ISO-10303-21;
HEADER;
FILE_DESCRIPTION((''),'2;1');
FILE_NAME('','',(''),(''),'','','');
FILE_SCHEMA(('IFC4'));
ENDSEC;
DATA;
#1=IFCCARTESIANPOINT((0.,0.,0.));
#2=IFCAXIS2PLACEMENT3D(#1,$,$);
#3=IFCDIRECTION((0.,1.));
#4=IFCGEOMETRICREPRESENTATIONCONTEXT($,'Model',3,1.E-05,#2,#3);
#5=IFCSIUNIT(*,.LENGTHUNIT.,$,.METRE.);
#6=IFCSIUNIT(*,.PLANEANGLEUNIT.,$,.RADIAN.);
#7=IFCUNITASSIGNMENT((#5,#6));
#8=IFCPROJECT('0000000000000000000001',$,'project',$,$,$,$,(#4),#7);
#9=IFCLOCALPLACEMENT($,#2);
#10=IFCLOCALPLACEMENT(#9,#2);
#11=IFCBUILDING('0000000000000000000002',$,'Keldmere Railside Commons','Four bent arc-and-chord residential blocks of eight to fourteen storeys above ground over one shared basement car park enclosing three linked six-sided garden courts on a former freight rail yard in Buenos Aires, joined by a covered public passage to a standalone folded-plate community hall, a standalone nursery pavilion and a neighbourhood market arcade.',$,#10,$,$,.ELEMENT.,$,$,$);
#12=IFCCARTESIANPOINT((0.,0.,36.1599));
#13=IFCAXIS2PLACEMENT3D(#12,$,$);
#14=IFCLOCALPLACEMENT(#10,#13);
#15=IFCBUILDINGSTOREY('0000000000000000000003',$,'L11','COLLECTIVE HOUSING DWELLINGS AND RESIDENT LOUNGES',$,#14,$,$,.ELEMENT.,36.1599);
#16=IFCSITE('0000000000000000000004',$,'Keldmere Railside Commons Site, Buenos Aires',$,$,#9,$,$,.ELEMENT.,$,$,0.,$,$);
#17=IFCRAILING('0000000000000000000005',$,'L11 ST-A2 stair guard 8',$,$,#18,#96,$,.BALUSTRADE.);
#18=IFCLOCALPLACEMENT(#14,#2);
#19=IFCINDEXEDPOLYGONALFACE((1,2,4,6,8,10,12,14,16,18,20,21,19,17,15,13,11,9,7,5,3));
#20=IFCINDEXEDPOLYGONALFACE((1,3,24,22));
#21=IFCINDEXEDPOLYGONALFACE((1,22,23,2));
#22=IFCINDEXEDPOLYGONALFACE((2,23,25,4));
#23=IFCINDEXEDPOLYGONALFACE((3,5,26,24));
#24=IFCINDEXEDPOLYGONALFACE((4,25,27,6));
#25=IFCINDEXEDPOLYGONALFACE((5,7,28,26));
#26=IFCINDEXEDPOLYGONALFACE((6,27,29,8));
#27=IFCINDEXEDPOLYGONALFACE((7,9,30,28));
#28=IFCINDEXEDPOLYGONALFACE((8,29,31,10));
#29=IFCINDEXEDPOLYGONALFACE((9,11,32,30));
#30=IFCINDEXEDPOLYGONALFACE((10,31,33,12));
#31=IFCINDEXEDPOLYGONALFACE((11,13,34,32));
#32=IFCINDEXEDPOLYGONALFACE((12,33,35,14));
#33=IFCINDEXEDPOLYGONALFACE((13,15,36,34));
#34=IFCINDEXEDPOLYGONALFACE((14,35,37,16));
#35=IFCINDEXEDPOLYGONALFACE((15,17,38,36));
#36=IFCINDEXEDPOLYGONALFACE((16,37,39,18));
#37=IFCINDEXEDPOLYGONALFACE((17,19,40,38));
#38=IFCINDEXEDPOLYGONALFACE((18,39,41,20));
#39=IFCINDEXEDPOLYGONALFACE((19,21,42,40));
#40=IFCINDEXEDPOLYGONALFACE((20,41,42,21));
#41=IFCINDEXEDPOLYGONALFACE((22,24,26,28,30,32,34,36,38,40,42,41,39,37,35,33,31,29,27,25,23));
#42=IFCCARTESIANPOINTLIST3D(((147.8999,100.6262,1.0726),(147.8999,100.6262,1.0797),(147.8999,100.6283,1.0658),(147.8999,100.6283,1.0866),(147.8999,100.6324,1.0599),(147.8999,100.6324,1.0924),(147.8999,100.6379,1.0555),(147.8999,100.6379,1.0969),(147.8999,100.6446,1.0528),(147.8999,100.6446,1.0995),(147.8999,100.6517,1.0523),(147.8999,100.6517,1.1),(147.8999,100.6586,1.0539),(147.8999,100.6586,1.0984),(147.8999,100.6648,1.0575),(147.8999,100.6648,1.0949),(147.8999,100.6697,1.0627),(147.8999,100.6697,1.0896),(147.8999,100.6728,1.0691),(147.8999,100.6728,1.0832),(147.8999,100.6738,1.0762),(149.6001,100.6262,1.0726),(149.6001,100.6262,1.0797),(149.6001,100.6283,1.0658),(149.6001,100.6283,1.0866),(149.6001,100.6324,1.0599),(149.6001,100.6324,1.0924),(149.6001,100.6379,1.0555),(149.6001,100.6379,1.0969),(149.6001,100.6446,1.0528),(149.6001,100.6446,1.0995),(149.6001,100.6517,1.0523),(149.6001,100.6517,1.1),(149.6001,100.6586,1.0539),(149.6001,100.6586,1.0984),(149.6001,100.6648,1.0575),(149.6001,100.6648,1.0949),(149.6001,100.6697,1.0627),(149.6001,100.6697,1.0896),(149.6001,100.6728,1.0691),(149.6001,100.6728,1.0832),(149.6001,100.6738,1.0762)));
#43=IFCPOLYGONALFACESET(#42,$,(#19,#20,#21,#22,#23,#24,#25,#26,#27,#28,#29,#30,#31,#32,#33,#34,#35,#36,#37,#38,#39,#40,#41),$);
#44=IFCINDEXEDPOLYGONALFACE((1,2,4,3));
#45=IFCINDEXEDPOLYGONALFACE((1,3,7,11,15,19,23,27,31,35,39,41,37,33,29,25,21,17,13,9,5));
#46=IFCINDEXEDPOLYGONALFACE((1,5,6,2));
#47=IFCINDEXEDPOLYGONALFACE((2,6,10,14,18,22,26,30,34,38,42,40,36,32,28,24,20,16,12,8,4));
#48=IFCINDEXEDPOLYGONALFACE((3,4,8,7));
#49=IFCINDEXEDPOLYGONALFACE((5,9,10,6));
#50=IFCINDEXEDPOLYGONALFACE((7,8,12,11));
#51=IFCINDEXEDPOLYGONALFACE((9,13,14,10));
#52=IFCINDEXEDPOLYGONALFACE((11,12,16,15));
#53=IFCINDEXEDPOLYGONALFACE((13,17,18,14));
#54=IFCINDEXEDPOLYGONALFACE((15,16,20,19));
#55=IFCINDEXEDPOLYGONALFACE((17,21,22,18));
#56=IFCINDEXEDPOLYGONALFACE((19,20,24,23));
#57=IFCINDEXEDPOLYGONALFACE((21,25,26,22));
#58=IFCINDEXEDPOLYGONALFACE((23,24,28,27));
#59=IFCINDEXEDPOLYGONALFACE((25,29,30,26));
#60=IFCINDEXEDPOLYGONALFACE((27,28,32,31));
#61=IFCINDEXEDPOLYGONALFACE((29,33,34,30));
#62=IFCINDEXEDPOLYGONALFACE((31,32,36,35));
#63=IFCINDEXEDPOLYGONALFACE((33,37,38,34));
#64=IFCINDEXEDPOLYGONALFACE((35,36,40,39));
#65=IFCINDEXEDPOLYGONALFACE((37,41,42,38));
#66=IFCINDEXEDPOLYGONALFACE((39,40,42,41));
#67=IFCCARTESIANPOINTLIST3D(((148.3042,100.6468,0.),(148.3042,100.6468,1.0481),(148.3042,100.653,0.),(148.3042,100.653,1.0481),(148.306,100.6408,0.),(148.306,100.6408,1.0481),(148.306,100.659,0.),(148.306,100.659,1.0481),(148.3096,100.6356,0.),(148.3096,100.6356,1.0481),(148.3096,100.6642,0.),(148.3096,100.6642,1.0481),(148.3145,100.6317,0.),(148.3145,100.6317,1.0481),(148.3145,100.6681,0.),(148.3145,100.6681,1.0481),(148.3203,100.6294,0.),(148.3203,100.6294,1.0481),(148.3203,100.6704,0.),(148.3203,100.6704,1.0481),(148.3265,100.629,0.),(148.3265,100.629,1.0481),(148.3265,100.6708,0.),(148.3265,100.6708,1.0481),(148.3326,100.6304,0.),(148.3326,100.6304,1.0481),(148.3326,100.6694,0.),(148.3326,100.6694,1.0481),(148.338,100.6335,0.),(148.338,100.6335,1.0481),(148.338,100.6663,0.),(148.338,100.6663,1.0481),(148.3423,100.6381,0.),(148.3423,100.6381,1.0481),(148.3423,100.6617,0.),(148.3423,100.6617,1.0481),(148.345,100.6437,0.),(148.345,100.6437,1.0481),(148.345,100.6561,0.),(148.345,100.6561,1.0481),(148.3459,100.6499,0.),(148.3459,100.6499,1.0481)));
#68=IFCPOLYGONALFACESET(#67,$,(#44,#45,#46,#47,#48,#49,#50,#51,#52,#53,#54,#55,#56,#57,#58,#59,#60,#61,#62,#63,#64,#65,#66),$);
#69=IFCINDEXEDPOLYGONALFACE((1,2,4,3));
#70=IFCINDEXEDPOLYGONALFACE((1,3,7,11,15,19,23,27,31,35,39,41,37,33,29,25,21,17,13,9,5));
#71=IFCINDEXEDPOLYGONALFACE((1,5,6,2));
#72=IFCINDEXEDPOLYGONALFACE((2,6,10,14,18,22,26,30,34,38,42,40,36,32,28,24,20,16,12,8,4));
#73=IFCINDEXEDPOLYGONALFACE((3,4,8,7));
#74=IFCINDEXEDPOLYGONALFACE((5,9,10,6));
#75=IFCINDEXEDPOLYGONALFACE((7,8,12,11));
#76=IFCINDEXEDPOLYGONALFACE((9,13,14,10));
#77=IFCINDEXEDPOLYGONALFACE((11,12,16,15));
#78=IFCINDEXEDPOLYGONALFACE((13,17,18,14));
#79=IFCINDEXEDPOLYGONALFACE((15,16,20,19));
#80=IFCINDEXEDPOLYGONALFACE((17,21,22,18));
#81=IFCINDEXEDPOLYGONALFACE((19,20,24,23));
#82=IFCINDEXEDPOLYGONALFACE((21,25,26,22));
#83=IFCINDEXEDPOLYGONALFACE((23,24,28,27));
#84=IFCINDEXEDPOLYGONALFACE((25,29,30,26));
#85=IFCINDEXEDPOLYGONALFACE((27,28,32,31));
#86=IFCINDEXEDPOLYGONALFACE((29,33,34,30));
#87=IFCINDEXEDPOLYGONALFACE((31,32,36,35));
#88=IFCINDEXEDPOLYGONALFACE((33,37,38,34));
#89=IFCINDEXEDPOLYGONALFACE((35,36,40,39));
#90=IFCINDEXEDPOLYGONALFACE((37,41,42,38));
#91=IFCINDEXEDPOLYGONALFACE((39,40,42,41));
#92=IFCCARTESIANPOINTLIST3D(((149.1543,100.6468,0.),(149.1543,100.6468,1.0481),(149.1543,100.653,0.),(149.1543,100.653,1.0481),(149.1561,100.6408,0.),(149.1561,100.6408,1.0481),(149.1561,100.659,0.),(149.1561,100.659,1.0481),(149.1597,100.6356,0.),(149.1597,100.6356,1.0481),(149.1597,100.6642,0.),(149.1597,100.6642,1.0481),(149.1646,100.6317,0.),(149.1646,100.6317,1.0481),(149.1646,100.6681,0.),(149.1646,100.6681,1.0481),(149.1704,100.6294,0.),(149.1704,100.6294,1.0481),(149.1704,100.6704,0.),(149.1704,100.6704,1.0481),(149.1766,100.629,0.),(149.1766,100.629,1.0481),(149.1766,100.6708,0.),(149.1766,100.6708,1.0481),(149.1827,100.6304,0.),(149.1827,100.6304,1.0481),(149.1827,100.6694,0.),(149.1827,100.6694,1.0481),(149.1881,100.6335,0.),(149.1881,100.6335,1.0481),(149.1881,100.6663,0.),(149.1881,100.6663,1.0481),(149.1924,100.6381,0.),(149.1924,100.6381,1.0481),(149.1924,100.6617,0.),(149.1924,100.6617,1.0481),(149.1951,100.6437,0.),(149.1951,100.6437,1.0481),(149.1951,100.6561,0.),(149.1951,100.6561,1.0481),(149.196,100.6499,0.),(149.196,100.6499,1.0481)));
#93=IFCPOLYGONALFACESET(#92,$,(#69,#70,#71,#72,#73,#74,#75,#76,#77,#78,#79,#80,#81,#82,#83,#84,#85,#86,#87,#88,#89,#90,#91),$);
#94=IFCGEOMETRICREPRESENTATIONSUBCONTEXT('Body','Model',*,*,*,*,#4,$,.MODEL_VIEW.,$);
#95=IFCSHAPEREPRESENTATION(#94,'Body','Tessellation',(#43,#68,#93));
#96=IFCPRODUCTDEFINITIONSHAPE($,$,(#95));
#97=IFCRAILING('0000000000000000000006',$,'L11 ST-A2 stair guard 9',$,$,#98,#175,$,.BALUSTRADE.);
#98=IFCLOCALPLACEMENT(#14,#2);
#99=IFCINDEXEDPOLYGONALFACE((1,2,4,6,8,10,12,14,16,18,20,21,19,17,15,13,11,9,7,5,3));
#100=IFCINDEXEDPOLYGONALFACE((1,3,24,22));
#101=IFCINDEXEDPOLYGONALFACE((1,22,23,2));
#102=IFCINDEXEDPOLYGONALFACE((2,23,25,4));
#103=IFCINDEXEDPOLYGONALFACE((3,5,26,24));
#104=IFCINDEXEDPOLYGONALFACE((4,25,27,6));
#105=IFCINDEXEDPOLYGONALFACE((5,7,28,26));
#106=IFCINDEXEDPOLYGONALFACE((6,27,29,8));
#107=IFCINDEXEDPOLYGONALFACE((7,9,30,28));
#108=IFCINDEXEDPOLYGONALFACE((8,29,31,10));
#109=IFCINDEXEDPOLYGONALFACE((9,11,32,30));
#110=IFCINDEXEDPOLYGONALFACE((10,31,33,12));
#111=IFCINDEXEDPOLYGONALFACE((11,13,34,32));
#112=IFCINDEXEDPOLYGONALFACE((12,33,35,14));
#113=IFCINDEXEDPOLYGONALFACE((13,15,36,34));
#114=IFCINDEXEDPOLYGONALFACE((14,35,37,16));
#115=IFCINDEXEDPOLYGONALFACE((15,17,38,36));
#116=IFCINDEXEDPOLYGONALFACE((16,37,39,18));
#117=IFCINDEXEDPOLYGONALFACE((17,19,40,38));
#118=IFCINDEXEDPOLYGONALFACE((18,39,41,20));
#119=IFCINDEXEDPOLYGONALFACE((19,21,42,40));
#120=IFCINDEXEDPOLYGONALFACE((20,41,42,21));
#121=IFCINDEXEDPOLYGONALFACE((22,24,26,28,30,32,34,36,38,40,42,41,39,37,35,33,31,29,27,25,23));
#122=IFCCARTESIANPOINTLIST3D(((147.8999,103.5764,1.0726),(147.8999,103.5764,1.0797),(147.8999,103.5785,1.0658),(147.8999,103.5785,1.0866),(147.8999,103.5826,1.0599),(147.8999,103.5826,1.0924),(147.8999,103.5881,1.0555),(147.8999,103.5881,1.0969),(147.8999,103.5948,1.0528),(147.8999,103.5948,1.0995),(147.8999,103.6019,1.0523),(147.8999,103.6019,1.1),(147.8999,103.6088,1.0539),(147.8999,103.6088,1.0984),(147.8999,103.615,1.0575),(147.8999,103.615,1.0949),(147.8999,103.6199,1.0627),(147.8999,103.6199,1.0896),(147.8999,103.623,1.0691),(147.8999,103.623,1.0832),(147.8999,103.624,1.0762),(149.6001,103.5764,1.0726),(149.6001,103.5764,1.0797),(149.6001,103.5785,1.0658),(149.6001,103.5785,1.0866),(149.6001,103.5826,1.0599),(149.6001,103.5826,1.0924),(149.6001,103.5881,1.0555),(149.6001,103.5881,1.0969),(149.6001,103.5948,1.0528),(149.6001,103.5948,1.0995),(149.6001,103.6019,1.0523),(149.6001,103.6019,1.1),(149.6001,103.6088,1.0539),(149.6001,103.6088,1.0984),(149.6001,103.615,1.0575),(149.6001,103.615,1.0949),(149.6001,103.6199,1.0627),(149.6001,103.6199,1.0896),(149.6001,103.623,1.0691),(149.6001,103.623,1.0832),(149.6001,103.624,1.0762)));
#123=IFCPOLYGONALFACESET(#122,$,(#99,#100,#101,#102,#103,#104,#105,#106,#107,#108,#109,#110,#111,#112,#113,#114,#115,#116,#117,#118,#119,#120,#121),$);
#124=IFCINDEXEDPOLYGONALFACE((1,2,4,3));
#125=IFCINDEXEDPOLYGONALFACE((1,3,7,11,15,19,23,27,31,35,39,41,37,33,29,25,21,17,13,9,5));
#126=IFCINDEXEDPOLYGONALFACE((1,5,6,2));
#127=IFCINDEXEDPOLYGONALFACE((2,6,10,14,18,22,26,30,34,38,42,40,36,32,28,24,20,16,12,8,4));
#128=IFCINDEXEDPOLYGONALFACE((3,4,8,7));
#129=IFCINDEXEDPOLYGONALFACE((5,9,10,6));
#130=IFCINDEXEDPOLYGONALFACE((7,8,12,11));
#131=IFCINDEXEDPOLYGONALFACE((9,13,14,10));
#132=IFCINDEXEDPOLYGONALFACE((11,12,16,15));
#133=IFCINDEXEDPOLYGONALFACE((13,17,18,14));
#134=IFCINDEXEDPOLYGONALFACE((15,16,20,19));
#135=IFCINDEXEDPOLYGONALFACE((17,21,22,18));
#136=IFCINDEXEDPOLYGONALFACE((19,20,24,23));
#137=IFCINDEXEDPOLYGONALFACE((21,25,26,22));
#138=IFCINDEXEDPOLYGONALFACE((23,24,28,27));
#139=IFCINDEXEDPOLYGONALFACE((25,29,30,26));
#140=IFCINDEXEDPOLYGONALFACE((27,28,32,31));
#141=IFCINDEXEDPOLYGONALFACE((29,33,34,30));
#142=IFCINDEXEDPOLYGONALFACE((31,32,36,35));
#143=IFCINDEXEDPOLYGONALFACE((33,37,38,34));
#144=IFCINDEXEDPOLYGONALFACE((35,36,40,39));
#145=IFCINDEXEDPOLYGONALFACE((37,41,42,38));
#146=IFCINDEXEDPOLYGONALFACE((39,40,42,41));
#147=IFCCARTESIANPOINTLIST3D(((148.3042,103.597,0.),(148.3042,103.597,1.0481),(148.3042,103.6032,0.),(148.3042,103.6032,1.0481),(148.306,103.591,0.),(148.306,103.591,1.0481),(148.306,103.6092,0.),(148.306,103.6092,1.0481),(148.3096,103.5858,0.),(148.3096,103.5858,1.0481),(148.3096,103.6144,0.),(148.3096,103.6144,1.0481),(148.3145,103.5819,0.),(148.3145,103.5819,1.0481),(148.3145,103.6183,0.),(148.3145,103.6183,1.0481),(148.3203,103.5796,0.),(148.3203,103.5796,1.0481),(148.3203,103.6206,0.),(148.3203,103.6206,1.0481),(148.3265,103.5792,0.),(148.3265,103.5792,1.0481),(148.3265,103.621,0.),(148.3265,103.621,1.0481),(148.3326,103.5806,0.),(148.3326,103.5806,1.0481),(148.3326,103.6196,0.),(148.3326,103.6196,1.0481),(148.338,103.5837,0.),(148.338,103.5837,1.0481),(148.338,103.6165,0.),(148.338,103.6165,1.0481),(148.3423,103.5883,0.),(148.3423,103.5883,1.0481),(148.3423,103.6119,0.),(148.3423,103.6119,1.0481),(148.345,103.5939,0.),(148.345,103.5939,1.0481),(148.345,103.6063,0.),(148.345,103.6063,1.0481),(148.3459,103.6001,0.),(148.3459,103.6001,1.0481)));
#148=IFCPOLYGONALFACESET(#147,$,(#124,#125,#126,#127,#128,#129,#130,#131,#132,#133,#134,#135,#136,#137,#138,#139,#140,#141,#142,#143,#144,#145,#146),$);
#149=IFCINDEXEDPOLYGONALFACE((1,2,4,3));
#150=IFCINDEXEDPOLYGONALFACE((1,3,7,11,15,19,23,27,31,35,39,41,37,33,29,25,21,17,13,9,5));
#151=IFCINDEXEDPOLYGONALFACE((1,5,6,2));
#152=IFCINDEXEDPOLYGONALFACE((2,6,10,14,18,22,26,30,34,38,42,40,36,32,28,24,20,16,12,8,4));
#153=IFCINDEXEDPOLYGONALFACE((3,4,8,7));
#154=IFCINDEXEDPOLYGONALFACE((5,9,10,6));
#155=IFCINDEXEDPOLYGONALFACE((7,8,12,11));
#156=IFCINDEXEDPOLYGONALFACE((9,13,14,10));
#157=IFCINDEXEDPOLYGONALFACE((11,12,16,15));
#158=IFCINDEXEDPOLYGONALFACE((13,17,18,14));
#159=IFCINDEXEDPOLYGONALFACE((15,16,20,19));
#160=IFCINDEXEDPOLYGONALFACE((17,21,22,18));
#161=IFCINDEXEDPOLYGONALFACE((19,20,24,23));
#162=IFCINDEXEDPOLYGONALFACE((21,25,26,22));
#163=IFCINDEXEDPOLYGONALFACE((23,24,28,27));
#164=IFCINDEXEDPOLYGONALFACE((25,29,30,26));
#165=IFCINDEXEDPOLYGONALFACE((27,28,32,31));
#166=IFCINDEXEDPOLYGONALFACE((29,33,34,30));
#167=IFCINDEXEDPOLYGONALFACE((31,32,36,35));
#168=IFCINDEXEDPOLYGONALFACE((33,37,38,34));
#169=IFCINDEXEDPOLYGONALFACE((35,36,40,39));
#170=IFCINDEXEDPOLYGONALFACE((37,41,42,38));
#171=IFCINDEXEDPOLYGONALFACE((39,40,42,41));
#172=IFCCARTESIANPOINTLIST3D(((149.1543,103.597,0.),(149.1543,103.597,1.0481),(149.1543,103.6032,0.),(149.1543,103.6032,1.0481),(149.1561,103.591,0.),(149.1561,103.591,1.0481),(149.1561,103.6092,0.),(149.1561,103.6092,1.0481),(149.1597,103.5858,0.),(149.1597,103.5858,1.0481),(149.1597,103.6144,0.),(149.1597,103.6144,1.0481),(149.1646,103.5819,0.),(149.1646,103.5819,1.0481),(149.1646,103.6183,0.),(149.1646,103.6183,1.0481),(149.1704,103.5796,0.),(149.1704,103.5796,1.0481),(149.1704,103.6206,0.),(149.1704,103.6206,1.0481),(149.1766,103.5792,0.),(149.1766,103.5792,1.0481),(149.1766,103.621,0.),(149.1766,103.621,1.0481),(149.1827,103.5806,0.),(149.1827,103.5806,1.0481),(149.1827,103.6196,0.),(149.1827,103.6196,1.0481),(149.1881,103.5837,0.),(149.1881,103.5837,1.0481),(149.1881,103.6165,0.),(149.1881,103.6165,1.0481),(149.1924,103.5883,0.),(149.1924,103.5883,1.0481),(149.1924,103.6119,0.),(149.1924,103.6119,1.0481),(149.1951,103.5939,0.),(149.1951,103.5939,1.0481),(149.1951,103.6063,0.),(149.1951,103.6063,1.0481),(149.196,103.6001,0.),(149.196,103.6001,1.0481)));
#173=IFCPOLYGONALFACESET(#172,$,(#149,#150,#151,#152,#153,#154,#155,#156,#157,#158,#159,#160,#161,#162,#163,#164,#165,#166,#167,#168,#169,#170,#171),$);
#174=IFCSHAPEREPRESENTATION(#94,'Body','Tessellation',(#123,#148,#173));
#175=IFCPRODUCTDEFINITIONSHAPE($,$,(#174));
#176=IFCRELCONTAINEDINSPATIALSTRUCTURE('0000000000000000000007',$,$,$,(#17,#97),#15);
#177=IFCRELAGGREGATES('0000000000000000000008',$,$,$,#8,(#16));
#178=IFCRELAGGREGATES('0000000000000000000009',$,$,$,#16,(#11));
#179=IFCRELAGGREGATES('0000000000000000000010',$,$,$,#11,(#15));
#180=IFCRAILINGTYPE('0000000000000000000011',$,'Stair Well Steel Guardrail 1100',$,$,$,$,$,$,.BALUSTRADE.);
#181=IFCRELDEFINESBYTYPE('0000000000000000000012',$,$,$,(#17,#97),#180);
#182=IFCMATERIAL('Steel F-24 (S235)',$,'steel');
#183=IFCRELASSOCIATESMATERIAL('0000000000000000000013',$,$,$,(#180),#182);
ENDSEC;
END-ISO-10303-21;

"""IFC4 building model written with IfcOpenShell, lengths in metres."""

from ifc_helpers import new_model, si_unit, direction, frame, origin, origin_2d, place, context, subcontext, project, spatial, circle, extrude, material, type_object, element, save


model = new_model("IFC4")

# Units and contexts
model_context = context("Model", 3, precision=1e-05, world=origin(), true_north=direction((0.0, 1.0)))
body_context = subcontext(model_context, "Body", "Model", "MODEL_VIEW")
ifc_project = project(units=[si_unit("LENGTHUNIT", "METRE"), si_unit("PLANEANGLEUNIT", "RADIAN")], contexts=[model_context])

# Site, building, storey
site_placement = place(None, origin())
site = spatial("IfcSite", under=ifc_project, at=site_placement, Name="Keldmere Railside Commons Site, Buenos Aires", CompositionType="ELEMENT", RefElevation=0.0)
building_placement = place(site_placement, origin())
building = spatial("IfcBuilding", under=site, at=building_placement, Name="Keldmere Railside Commons", Description="Four bent arc-and-chord residential blocks of eight to fourteen storeys above ground over one shared basement car park enclosing three linked six-sided garden courts on a former freight rail yard in Buenos Aires, joined by a covered public passage to a standalone folded-plate community hall, a standalone nursery pavilion and a neighbourhood market arcade.", CompositionType="ELEMENT")
storey_placement = place(building_placement, frame((0.0, 0.0, 36.1599)))
storey = spatial("IfcBuildingStorey", under=building, at=storey_placement, Name="L11", Description="COLLECTIVE HOUSING DWELLINGS AND RESIDENT LOUNGES", CompositionType="ELEMENT", Elevation=36.1599)

# Railings
ifc_material_1 = material(Name="Steel F-24 (S235)", Category="steel")
railing_type_1 = type_object("IfcRailingType", Name="Stair Well Steel Guardrail 1100", PredefinedType="BALUSTRADE", material=ifc_material_1)
for number, where, name in (
    (1, (147.8999, 100.6499, 0.0), "L11 ST-A2 stair guard 8"),
    (2, (147.8999, 103.6001, 0.0), "L11 ST-A2 stair guard 9"),
):
    element("IfcRailing", number, at=place(storey_placement, frame(where)), inside=storey, type_object=railing_type_1, Name=name, PredefinedType="BALUSTRADE", context=body_context, shape_type="SweptSolid", body=[
        extrude(circle(Radius=0.0239, at=origin_2d()), frame((0.0, 0.0, 1.0762), z_axis=(1.0, 0.0, 0.0), x_axis=(0.0, 1.0, 0.0)), (0.0, 0.0, 1.0), 1.7002),
        extrude(circle(Radius=0.021, at=origin_2d()), frame((0.425, 0.0, 0.0)), (0.0, 0.0, 1.0), 1.0481),
        extrude(circle(Radius=0.021, at=origin_2d()), frame((1.2751, 0.0, 0.0)), (0.0, 0.0, 1.0), 1.0481),
    ])

save(model, "model.ifc")
